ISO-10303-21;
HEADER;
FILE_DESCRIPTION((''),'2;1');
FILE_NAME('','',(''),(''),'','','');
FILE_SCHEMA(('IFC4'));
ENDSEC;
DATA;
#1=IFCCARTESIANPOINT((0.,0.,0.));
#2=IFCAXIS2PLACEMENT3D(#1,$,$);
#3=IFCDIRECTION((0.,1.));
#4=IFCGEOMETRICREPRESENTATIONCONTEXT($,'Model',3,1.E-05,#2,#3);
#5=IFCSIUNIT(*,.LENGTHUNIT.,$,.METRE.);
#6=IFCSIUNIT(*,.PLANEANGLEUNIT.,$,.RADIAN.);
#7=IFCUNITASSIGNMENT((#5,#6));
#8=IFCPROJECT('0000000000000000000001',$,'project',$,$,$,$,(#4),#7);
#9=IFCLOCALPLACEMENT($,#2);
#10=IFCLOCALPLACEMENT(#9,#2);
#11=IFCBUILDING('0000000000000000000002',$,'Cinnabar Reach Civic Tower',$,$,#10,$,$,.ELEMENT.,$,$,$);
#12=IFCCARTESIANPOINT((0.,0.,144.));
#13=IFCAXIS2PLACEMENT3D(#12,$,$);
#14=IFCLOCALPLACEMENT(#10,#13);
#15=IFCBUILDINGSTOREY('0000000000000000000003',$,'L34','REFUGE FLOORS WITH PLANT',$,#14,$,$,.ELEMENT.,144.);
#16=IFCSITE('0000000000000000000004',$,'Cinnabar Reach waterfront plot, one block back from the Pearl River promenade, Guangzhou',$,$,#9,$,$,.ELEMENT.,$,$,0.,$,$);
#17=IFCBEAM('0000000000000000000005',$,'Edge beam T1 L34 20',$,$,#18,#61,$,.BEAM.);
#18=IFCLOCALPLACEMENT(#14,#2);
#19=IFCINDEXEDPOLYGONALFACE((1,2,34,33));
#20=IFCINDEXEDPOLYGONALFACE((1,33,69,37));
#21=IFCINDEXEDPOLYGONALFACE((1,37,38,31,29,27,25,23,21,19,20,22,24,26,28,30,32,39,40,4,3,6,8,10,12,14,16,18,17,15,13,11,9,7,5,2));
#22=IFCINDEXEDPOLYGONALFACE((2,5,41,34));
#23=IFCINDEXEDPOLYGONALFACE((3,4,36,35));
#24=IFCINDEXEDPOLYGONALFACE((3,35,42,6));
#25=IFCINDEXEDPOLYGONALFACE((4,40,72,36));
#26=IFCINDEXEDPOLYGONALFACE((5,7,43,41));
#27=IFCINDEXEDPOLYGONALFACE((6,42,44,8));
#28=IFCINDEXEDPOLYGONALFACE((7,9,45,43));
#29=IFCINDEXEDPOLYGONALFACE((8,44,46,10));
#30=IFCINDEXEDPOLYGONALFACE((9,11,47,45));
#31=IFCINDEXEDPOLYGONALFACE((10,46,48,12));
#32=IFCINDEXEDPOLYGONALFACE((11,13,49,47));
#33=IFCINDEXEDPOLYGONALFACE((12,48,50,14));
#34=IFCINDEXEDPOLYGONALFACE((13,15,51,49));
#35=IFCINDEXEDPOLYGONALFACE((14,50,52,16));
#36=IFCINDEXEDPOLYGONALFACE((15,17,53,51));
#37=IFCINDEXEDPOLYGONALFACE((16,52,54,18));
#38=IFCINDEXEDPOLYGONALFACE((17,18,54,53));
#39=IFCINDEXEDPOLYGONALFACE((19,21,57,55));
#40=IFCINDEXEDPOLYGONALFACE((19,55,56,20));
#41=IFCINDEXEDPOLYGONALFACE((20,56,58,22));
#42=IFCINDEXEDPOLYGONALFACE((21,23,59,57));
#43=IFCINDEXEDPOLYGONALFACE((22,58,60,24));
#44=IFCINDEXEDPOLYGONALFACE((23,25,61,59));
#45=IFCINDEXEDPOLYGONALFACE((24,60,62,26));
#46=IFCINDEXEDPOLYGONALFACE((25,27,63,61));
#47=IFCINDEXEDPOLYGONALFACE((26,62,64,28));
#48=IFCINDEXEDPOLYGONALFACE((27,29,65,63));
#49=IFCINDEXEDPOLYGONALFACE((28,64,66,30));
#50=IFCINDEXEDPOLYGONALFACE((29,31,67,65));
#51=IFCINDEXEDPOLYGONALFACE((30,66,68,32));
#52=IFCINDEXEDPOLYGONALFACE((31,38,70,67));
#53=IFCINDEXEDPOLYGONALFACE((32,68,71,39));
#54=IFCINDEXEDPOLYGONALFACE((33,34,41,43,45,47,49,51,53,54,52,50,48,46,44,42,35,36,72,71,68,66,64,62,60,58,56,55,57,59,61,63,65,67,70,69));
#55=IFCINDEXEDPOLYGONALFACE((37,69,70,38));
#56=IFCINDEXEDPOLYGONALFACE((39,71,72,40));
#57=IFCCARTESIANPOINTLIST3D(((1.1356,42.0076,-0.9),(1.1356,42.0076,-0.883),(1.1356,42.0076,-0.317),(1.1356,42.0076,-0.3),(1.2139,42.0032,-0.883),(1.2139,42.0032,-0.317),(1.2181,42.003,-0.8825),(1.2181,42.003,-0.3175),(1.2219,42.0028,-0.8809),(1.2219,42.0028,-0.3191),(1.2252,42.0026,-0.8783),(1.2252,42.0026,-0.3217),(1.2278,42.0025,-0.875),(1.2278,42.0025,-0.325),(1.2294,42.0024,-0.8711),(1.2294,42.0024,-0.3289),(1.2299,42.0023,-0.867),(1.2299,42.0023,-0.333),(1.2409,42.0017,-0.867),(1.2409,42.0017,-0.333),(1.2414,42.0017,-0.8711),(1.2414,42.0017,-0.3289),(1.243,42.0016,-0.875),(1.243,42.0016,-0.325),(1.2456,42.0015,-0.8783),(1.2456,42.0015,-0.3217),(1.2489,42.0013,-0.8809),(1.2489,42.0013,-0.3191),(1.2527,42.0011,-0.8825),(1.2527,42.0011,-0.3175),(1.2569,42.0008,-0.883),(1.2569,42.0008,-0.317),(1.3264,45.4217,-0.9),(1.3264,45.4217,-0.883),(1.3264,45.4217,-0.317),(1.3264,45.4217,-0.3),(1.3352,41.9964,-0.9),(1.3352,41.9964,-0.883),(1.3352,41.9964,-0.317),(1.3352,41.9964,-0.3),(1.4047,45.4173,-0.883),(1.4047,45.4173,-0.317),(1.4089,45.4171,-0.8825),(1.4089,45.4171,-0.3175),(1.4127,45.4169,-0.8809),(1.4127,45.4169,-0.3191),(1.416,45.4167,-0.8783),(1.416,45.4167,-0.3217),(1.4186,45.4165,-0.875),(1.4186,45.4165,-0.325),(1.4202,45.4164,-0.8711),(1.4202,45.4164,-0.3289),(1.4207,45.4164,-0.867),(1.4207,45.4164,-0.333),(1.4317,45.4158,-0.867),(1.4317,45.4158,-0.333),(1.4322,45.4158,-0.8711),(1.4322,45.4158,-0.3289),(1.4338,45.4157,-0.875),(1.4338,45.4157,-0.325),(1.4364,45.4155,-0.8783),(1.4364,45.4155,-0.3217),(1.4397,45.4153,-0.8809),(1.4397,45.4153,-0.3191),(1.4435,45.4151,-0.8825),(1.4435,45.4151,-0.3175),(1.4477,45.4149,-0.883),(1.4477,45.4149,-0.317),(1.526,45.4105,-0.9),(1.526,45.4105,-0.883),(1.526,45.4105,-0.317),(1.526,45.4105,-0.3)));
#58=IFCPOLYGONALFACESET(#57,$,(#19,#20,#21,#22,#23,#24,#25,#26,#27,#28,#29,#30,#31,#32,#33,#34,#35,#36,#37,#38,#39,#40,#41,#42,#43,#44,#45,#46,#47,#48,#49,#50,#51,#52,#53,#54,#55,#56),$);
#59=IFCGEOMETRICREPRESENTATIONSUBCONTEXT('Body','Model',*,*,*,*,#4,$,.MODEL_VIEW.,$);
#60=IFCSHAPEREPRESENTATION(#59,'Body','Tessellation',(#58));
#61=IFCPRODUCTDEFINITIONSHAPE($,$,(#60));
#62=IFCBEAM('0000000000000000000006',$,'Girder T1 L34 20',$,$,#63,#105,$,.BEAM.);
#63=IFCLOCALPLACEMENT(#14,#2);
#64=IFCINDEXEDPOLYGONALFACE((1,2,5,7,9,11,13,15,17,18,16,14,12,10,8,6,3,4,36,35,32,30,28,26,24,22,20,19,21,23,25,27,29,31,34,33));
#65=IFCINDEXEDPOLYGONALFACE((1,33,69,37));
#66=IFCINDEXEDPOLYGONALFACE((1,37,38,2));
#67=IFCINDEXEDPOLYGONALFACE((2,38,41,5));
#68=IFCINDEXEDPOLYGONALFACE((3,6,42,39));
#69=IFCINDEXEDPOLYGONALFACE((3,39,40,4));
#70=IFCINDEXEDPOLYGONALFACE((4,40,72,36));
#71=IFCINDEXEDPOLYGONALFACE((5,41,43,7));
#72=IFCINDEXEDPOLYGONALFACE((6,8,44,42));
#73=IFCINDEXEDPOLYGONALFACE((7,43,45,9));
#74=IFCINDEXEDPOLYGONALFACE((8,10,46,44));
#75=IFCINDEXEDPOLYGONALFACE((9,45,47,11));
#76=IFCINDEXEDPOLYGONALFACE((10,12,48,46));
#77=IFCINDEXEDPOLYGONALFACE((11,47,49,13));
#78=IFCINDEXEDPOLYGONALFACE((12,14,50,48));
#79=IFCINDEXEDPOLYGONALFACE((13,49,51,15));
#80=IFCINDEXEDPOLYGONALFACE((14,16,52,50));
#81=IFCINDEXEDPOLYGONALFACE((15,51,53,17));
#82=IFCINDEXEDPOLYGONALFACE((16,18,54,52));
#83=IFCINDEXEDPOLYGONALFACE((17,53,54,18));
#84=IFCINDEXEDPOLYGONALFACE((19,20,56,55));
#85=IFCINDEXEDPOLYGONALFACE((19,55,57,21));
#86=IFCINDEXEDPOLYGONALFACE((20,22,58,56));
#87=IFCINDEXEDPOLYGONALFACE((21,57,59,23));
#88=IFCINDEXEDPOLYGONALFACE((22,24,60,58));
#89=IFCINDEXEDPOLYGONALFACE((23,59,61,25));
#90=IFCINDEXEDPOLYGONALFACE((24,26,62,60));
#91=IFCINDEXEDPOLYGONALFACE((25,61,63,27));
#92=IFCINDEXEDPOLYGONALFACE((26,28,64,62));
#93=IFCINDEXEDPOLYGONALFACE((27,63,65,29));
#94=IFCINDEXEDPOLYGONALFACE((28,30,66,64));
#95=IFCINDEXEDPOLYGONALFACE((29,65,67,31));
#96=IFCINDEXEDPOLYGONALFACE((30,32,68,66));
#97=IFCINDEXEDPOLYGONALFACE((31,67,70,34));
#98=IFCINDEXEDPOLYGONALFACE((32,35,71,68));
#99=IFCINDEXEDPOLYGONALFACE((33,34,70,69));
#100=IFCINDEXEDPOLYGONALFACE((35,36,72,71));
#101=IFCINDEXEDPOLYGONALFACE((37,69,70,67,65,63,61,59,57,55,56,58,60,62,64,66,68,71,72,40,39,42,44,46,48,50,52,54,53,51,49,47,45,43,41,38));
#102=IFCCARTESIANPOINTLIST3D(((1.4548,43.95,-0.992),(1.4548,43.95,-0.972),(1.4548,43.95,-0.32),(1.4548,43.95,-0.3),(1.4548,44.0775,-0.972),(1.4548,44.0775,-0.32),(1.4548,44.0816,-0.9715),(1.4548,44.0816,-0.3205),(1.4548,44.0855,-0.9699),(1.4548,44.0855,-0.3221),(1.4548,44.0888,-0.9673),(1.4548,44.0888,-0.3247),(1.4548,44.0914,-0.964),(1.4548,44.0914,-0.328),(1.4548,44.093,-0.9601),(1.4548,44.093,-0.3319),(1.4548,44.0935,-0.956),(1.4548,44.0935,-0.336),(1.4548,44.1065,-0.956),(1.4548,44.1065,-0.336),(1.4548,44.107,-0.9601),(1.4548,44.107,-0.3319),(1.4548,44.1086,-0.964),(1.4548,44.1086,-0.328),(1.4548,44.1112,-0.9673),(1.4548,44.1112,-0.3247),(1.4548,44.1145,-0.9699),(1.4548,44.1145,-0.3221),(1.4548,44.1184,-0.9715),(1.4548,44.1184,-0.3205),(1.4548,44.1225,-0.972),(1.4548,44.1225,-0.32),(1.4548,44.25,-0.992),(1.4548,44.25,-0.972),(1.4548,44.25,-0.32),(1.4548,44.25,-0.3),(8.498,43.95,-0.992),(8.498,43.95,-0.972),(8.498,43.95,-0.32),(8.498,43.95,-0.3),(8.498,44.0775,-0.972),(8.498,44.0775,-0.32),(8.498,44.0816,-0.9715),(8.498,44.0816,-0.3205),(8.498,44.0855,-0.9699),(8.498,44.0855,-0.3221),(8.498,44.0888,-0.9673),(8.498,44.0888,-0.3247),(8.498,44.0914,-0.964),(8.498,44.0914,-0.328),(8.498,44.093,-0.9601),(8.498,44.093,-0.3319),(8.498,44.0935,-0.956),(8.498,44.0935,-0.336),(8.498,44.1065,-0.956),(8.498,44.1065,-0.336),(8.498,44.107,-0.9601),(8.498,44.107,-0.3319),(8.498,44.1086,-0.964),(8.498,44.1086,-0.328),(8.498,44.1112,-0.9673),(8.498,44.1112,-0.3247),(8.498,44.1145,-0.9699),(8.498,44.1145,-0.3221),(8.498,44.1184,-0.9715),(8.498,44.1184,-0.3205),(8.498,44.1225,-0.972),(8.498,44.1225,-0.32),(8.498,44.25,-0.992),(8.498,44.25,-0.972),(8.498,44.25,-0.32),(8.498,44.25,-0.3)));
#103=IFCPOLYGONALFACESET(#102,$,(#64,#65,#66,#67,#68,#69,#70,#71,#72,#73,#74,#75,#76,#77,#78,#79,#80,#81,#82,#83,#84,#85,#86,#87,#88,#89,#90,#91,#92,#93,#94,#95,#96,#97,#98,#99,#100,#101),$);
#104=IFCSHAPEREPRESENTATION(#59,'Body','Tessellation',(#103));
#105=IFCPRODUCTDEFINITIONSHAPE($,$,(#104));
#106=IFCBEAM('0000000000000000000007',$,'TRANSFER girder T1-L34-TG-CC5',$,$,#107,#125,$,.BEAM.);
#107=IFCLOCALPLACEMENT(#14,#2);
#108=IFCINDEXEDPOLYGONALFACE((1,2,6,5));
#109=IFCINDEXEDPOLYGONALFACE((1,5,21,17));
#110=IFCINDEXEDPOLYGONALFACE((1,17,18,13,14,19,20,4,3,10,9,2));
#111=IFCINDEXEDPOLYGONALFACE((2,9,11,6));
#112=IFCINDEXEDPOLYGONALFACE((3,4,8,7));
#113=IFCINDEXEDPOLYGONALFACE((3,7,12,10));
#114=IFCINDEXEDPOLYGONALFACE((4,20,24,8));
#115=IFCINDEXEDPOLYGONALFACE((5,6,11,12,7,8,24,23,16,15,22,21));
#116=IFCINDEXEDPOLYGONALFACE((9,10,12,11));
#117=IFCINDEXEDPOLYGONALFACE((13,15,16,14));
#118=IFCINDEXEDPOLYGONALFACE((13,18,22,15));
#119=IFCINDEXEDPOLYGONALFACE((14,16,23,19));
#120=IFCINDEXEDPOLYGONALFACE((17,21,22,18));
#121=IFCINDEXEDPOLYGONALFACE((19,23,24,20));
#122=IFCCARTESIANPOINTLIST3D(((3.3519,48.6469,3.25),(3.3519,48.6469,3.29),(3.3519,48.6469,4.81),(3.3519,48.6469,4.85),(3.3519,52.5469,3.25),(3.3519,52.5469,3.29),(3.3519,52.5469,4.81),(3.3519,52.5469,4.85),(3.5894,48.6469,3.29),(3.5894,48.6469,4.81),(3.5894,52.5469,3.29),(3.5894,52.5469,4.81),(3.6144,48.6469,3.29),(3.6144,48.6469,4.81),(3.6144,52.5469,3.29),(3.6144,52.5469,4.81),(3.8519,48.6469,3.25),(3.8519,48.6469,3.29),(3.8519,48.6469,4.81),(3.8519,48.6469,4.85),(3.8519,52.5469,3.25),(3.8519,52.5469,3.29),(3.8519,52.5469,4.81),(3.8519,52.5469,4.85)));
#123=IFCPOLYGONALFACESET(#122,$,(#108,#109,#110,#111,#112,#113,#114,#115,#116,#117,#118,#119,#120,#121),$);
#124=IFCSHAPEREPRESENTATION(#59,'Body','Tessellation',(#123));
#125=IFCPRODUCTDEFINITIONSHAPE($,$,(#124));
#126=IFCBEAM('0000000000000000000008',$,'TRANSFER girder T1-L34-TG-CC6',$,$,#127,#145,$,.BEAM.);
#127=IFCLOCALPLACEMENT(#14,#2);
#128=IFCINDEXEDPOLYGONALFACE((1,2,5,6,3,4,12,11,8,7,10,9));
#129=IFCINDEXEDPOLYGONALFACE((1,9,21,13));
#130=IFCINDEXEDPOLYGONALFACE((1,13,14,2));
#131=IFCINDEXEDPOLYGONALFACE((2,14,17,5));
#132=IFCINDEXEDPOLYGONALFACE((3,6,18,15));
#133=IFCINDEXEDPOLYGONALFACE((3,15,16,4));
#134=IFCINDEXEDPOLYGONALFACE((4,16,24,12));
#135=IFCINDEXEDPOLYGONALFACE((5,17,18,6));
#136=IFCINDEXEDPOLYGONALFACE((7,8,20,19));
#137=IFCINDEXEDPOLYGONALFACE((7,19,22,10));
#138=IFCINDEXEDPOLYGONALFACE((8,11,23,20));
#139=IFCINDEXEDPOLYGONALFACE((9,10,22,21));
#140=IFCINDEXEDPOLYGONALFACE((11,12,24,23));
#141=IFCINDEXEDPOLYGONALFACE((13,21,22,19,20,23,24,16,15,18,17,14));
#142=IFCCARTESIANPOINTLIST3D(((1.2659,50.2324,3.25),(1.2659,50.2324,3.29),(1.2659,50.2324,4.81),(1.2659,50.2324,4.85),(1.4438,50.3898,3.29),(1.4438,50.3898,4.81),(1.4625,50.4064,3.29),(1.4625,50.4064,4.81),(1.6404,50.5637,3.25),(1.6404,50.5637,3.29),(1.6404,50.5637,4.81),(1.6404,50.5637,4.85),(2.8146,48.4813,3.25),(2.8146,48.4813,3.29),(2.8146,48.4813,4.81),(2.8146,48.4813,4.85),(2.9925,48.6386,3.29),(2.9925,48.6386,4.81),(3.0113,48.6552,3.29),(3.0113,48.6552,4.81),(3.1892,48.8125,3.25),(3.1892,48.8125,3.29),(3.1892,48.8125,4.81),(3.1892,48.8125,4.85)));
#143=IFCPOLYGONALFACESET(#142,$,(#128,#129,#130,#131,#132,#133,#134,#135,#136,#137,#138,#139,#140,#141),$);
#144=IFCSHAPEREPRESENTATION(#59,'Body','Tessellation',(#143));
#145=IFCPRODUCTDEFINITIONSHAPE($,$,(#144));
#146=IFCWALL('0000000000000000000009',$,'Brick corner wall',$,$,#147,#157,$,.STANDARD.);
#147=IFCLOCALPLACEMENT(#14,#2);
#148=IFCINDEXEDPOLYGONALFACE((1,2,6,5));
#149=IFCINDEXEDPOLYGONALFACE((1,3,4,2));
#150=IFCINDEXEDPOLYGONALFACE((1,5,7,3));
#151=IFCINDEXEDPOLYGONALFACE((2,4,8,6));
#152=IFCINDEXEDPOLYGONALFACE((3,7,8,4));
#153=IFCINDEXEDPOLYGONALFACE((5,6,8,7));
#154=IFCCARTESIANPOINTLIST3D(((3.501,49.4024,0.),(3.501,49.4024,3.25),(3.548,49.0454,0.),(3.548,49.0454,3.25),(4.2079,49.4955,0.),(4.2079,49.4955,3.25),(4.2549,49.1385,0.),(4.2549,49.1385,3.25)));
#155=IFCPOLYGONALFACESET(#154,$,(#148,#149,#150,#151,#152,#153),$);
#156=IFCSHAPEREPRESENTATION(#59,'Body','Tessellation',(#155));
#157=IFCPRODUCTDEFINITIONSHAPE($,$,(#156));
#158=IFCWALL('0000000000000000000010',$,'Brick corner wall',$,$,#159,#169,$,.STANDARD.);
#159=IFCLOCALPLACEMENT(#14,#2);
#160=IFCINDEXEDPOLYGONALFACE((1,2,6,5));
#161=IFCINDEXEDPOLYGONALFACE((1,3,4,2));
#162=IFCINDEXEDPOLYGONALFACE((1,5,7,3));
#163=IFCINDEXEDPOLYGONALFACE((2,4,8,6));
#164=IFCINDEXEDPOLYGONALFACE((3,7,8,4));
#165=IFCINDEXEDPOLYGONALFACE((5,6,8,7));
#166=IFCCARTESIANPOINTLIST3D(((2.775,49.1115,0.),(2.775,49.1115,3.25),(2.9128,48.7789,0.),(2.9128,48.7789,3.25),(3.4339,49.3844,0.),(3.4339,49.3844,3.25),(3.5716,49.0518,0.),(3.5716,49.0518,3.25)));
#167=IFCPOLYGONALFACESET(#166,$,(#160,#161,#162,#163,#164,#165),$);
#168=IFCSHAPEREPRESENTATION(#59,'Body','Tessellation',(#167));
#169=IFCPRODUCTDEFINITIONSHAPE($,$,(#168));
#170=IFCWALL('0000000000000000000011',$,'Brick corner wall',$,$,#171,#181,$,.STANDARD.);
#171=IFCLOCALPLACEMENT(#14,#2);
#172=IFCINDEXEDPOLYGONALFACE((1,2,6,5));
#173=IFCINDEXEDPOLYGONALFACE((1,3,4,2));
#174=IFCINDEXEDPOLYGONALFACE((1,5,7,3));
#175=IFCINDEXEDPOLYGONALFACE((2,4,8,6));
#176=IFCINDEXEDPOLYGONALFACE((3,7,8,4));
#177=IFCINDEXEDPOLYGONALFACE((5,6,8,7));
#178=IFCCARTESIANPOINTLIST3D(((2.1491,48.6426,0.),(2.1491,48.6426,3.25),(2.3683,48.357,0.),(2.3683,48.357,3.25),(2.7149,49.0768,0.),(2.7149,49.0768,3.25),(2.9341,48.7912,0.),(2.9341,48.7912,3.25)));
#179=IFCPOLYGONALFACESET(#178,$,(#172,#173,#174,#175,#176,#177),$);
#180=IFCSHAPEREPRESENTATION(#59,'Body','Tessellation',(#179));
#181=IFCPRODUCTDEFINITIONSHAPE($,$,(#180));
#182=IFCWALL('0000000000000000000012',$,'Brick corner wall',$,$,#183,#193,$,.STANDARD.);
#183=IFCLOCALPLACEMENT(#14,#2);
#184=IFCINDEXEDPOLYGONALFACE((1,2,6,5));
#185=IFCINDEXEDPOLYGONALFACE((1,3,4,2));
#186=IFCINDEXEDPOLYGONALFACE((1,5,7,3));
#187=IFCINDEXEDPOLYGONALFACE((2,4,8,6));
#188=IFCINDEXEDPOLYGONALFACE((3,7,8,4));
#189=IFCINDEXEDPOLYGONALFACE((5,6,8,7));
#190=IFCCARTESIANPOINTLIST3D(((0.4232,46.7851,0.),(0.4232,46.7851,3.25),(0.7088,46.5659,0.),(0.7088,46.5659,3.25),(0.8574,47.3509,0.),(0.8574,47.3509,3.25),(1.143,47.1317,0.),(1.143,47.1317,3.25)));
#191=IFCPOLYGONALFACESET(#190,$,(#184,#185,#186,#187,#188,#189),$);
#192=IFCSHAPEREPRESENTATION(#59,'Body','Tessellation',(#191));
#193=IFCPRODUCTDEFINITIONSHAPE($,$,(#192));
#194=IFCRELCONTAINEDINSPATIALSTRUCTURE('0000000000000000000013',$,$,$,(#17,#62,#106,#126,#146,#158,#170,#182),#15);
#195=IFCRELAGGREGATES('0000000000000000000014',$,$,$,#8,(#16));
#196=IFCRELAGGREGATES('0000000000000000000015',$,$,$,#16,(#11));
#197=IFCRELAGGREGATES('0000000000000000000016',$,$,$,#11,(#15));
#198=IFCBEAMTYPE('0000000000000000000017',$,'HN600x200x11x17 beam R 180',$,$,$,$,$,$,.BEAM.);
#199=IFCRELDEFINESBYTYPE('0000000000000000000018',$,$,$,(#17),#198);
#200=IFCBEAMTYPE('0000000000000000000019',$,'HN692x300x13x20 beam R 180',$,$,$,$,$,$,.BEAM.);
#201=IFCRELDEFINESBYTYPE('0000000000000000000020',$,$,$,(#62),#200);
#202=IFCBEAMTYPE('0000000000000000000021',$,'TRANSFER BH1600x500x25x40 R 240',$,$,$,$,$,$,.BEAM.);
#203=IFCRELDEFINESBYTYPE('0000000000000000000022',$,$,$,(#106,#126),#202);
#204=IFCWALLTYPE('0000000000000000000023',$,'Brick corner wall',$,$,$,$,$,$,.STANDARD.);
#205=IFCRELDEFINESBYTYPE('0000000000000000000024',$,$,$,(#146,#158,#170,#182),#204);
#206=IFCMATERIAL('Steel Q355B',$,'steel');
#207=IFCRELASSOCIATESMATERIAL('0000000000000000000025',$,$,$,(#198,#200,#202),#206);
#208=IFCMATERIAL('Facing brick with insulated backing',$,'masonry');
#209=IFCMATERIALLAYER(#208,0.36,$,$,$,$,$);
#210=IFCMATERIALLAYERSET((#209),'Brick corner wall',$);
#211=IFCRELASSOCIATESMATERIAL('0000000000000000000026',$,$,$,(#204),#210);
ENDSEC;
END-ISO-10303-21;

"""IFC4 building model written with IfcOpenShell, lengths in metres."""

from ifc_helpers import new_model, si_unit, direction, frame, frame_2d, origin, origin_2d, place, context, subcontext, project, spatial, rectangle, i_section, extrude, material, layer, layer_set, material_profile, profile_set, type_object, element, save


model = new_model("IFC4")

# Units and contexts
model_context = context("Model", 3, precision=1e-05, world=origin(), true_north=direction((0.0, 1.0)))
body_context = subcontext(model_context, "Body", "Model", "MODEL_VIEW")
ifc_project = project(units=[si_unit("LENGTHUNIT", "METRE"), si_unit("PLANEANGLEUNIT", "RADIAN")], contexts=[model_context])

# Site, building, storey
site_placement = place(None, origin())
site = spatial("IfcSite", under=ifc_project, at=site_placement, Name="Cinnabar Reach waterfront plot, one block back from the Pearl River promenade, Guangzhou", CompositionType="ELEMENT", RefElevation=0.0)
building_placement = place(site_placement, origin())
building = spatial("IfcBuilding", under=site, at=building_placement, Name="Cinnabar Reach Civic Tower", CompositionType="ELEMENT")
storey_placement = place(building_placement, frame((0.0, 0.0, 144.0)))
storey = spatial("IfcBuildingStorey", under=building, at=storey_placement, Name="L34", Description="REFUGE FLOORS WITH PLANT", CompositionType="ELEMENT", Elevation=144.0)

# Beams
ifc_material_1 = material(Name="Steel Q355B", Category="steel")
ifc_material_profile_1 = material_profile(ifc_material_1, i_section(OverallWidth=0.2, OverallDepth=0.6, WebThickness=0.011, FlangeThickness=0.017, FilletRadius=0.016, at=origin_2d()), Name="HN600x200x11x17")
ifc_profile_set_1 = profile_set([ifc_material_profile_1], Name="Steel Q355B")
beam_type_1 = type_object("IfcBeamType", Name="HN600x200x11x17 beam R 180", PredefinedType="BEAM", material=ifc_profile_set_1)
beam_1_placement = place(storey_placement, frame((1.4262, 45.4161, -0.6), z_axis=(-0.055799, -0.998442, 0.0), x_axis=(0.998442, -0.055799, 0.0)))
element("IfcBeam", 1, at=beam_1_placement, inside=storey, type_object=beam_type_1, Name="Edge beam T1 L34 20", PredefinedType="BEAM", context=body_context, shape_type="SweptSolid", body=[
    extrude(i_section(OverallWidth=0.2, OverallDepth=0.6, WebThickness=0.011, FlangeThickness=0.017, FilletRadius=0.016, at=origin_2d()), origin(), (0.0, 0.0, 1.0), 3.4194),
])
ifc_material_profile_2 = material_profile(ifc_material_1, i_section(OverallWidth=0.3, OverallDepth=0.692, WebThickness=0.013, FlangeThickness=0.02, FilletRadius=0.016, at=origin_2d()), Name="HN692x300x13x20")
ifc_profile_set_2 = profile_set([ifc_material_profile_2], Name="Steel Q355B")
beam_type_2 = type_object("IfcBeamType", Name="HN692x300x13x20 beam R 180", PredefinedType="BEAM", material=ifc_profile_set_2)
beam_2_placement = place(storey_placement, frame((1.4548, 44.1, -0.646), z_axis=(1.0, 0.0, 0.0), x_axis=(0.0, 1.0, 0.0)))
element("IfcBeam", 2, at=beam_2_placement, inside=storey, type_object=beam_type_2, Name="Girder T1 L34 20", PredefinedType="BEAM", context=body_context, shape_type="SweptSolid", body=[
    extrude(i_section(OverallWidth=0.3, OverallDepth=0.692, WebThickness=0.013, FlangeThickness=0.02, FilletRadius=0.016, at=origin_2d()), origin(), (0.0, 0.0, 1.0), 7.0432),
])
ifc_material_profile_3 = material_profile(ifc_material_1, i_section(OverallWidth=0.5, OverallDepth=1.6, WebThickness=0.025, FlangeThickness=0.04, at=origin_2d()), Name="BH1600x500x25x40")
ifc_profile_set_3 = profile_set([ifc_material_profile_3], Name="Steel Q355B")
beam_type_3 = type_object("IfcBeamType", Name="TRANSFER BH1600x500x25x40 R 240", PredefinedType="BEAM", material=ifc_profile_set_3)
beam_3_placement = place(storey_placement, frame((3.6019, 48.6469, 4.05), z_axis=(0.0, 1.0, 0.0), x_axis=(-1.0, 0.0, 0.0)))
element("IfcBeam", 3, at=beam_3_placement, inside=storey, type_object=beam_type_3, Name="TRANSFER girder T1-L34-TG-CC5", PredefinedType="BEAM", context=body_context, shape_type="SweptSolid", body=[
    extrude(i_section(OverallWidth=0.5, OverallDepth=1.6, WebThickness=0.025, FlangeThickness=0.04, at=origin_2d()), origin(), (0.0, 0.0, 1.0), 3.9),
])
beam_4_placement = place(storey_placement, frame((3.0019, 48.6469, 4.05), z_axis=(-0.662493, 0.749068, 0.0), x_axis=(-0.749068, -0.662493, 0.0)))
element("IfcBeam", 4, at=beam_4_placement, inside=storey, type_object=beam_type_3, Name="TRANSFER girder T1-L34-TG-CC6", PredefinedType="BEAM", context=body_context, shape_type="SweptSolid", body=[
    extrude(i_section(OverallWidth=0.5, OverallDepth=1.6, WebThickness=0.025, FlangeThickness=0.04, at=origin_2d()), origin(), (0.0, 0.0, 1.0), 2.3378),
])

# Walls
ifc_material_2 = material(Name="Facing brick with insulated backing", Category="masonry")
ifc_layer_1 = layer(ifc_material_2, 0.36)
ifc_layer_set_1 = layer_set([ifc_layer_1], Name="Brick corner wall")
wall_type_1 = type_object("IfcWallType", Name="Brick corner wall", PredefinedType="STANDARD", material=ifc_layer_set_1)
for number, where, z_axis, x_axis, name in (
    (5, (4.2314, 49.317, 0.0), (0.0, 0.0, 1.0), (-0.991441, -0.130556, 0.0), "Brick corner wall"),
    (6, (3.5027, 49.2181, 0.0), (0.0, 0.0, 1.0), (-0.923872, -0.382703, 0.0), "Brick corner wall"),
):
    element("IfcWall", number, at=place(storey_placement, frame(where, z_axis=z_axis, x_axis=x_axis)), inside=storey, type_object=wall_type_1, Name=name, PredefinedType="STANDARD", context=body_context, shape_type="SweptSolid", body=[
        extrude(rectangle(XDim=0.7131, YDim=0.36, at=frame_2d((0.3565, 0.0))), origin(), (0.0, 0.0, 1.0), 3.25),
    ])
for number, where, z_axis, x_axis, name in (
    (7, (2.8245, 48.934, 0.0), (0.0, 0.0, 1.0), (-0.793322, -0.608802, 0.0), "Brick corner wall"),
    (8, (1.0002, 47.2413, 0.0), (0.0, 0.0, 1.0), (-0.608802, -0.793322, 0.0), "Brick corner wall"),
):
    element("IfcWall", number, at=place(storey_placement, frame(where, z_axis=z_axis, x_axis=x_axis)), inside=storey, type_object=wall_type_1, Name=name, PredefinedType="STANDARD", context=body_context, shape_type="SweptSolid", body=[
        extrude(rectangle(XDim=0.7132, YDim=0.36, at=frame_2d((0.3566, 0.0))), origin(), (0.0, 0.0, 1.0), 3.25),
    ])

save(model, "model.ifc")
